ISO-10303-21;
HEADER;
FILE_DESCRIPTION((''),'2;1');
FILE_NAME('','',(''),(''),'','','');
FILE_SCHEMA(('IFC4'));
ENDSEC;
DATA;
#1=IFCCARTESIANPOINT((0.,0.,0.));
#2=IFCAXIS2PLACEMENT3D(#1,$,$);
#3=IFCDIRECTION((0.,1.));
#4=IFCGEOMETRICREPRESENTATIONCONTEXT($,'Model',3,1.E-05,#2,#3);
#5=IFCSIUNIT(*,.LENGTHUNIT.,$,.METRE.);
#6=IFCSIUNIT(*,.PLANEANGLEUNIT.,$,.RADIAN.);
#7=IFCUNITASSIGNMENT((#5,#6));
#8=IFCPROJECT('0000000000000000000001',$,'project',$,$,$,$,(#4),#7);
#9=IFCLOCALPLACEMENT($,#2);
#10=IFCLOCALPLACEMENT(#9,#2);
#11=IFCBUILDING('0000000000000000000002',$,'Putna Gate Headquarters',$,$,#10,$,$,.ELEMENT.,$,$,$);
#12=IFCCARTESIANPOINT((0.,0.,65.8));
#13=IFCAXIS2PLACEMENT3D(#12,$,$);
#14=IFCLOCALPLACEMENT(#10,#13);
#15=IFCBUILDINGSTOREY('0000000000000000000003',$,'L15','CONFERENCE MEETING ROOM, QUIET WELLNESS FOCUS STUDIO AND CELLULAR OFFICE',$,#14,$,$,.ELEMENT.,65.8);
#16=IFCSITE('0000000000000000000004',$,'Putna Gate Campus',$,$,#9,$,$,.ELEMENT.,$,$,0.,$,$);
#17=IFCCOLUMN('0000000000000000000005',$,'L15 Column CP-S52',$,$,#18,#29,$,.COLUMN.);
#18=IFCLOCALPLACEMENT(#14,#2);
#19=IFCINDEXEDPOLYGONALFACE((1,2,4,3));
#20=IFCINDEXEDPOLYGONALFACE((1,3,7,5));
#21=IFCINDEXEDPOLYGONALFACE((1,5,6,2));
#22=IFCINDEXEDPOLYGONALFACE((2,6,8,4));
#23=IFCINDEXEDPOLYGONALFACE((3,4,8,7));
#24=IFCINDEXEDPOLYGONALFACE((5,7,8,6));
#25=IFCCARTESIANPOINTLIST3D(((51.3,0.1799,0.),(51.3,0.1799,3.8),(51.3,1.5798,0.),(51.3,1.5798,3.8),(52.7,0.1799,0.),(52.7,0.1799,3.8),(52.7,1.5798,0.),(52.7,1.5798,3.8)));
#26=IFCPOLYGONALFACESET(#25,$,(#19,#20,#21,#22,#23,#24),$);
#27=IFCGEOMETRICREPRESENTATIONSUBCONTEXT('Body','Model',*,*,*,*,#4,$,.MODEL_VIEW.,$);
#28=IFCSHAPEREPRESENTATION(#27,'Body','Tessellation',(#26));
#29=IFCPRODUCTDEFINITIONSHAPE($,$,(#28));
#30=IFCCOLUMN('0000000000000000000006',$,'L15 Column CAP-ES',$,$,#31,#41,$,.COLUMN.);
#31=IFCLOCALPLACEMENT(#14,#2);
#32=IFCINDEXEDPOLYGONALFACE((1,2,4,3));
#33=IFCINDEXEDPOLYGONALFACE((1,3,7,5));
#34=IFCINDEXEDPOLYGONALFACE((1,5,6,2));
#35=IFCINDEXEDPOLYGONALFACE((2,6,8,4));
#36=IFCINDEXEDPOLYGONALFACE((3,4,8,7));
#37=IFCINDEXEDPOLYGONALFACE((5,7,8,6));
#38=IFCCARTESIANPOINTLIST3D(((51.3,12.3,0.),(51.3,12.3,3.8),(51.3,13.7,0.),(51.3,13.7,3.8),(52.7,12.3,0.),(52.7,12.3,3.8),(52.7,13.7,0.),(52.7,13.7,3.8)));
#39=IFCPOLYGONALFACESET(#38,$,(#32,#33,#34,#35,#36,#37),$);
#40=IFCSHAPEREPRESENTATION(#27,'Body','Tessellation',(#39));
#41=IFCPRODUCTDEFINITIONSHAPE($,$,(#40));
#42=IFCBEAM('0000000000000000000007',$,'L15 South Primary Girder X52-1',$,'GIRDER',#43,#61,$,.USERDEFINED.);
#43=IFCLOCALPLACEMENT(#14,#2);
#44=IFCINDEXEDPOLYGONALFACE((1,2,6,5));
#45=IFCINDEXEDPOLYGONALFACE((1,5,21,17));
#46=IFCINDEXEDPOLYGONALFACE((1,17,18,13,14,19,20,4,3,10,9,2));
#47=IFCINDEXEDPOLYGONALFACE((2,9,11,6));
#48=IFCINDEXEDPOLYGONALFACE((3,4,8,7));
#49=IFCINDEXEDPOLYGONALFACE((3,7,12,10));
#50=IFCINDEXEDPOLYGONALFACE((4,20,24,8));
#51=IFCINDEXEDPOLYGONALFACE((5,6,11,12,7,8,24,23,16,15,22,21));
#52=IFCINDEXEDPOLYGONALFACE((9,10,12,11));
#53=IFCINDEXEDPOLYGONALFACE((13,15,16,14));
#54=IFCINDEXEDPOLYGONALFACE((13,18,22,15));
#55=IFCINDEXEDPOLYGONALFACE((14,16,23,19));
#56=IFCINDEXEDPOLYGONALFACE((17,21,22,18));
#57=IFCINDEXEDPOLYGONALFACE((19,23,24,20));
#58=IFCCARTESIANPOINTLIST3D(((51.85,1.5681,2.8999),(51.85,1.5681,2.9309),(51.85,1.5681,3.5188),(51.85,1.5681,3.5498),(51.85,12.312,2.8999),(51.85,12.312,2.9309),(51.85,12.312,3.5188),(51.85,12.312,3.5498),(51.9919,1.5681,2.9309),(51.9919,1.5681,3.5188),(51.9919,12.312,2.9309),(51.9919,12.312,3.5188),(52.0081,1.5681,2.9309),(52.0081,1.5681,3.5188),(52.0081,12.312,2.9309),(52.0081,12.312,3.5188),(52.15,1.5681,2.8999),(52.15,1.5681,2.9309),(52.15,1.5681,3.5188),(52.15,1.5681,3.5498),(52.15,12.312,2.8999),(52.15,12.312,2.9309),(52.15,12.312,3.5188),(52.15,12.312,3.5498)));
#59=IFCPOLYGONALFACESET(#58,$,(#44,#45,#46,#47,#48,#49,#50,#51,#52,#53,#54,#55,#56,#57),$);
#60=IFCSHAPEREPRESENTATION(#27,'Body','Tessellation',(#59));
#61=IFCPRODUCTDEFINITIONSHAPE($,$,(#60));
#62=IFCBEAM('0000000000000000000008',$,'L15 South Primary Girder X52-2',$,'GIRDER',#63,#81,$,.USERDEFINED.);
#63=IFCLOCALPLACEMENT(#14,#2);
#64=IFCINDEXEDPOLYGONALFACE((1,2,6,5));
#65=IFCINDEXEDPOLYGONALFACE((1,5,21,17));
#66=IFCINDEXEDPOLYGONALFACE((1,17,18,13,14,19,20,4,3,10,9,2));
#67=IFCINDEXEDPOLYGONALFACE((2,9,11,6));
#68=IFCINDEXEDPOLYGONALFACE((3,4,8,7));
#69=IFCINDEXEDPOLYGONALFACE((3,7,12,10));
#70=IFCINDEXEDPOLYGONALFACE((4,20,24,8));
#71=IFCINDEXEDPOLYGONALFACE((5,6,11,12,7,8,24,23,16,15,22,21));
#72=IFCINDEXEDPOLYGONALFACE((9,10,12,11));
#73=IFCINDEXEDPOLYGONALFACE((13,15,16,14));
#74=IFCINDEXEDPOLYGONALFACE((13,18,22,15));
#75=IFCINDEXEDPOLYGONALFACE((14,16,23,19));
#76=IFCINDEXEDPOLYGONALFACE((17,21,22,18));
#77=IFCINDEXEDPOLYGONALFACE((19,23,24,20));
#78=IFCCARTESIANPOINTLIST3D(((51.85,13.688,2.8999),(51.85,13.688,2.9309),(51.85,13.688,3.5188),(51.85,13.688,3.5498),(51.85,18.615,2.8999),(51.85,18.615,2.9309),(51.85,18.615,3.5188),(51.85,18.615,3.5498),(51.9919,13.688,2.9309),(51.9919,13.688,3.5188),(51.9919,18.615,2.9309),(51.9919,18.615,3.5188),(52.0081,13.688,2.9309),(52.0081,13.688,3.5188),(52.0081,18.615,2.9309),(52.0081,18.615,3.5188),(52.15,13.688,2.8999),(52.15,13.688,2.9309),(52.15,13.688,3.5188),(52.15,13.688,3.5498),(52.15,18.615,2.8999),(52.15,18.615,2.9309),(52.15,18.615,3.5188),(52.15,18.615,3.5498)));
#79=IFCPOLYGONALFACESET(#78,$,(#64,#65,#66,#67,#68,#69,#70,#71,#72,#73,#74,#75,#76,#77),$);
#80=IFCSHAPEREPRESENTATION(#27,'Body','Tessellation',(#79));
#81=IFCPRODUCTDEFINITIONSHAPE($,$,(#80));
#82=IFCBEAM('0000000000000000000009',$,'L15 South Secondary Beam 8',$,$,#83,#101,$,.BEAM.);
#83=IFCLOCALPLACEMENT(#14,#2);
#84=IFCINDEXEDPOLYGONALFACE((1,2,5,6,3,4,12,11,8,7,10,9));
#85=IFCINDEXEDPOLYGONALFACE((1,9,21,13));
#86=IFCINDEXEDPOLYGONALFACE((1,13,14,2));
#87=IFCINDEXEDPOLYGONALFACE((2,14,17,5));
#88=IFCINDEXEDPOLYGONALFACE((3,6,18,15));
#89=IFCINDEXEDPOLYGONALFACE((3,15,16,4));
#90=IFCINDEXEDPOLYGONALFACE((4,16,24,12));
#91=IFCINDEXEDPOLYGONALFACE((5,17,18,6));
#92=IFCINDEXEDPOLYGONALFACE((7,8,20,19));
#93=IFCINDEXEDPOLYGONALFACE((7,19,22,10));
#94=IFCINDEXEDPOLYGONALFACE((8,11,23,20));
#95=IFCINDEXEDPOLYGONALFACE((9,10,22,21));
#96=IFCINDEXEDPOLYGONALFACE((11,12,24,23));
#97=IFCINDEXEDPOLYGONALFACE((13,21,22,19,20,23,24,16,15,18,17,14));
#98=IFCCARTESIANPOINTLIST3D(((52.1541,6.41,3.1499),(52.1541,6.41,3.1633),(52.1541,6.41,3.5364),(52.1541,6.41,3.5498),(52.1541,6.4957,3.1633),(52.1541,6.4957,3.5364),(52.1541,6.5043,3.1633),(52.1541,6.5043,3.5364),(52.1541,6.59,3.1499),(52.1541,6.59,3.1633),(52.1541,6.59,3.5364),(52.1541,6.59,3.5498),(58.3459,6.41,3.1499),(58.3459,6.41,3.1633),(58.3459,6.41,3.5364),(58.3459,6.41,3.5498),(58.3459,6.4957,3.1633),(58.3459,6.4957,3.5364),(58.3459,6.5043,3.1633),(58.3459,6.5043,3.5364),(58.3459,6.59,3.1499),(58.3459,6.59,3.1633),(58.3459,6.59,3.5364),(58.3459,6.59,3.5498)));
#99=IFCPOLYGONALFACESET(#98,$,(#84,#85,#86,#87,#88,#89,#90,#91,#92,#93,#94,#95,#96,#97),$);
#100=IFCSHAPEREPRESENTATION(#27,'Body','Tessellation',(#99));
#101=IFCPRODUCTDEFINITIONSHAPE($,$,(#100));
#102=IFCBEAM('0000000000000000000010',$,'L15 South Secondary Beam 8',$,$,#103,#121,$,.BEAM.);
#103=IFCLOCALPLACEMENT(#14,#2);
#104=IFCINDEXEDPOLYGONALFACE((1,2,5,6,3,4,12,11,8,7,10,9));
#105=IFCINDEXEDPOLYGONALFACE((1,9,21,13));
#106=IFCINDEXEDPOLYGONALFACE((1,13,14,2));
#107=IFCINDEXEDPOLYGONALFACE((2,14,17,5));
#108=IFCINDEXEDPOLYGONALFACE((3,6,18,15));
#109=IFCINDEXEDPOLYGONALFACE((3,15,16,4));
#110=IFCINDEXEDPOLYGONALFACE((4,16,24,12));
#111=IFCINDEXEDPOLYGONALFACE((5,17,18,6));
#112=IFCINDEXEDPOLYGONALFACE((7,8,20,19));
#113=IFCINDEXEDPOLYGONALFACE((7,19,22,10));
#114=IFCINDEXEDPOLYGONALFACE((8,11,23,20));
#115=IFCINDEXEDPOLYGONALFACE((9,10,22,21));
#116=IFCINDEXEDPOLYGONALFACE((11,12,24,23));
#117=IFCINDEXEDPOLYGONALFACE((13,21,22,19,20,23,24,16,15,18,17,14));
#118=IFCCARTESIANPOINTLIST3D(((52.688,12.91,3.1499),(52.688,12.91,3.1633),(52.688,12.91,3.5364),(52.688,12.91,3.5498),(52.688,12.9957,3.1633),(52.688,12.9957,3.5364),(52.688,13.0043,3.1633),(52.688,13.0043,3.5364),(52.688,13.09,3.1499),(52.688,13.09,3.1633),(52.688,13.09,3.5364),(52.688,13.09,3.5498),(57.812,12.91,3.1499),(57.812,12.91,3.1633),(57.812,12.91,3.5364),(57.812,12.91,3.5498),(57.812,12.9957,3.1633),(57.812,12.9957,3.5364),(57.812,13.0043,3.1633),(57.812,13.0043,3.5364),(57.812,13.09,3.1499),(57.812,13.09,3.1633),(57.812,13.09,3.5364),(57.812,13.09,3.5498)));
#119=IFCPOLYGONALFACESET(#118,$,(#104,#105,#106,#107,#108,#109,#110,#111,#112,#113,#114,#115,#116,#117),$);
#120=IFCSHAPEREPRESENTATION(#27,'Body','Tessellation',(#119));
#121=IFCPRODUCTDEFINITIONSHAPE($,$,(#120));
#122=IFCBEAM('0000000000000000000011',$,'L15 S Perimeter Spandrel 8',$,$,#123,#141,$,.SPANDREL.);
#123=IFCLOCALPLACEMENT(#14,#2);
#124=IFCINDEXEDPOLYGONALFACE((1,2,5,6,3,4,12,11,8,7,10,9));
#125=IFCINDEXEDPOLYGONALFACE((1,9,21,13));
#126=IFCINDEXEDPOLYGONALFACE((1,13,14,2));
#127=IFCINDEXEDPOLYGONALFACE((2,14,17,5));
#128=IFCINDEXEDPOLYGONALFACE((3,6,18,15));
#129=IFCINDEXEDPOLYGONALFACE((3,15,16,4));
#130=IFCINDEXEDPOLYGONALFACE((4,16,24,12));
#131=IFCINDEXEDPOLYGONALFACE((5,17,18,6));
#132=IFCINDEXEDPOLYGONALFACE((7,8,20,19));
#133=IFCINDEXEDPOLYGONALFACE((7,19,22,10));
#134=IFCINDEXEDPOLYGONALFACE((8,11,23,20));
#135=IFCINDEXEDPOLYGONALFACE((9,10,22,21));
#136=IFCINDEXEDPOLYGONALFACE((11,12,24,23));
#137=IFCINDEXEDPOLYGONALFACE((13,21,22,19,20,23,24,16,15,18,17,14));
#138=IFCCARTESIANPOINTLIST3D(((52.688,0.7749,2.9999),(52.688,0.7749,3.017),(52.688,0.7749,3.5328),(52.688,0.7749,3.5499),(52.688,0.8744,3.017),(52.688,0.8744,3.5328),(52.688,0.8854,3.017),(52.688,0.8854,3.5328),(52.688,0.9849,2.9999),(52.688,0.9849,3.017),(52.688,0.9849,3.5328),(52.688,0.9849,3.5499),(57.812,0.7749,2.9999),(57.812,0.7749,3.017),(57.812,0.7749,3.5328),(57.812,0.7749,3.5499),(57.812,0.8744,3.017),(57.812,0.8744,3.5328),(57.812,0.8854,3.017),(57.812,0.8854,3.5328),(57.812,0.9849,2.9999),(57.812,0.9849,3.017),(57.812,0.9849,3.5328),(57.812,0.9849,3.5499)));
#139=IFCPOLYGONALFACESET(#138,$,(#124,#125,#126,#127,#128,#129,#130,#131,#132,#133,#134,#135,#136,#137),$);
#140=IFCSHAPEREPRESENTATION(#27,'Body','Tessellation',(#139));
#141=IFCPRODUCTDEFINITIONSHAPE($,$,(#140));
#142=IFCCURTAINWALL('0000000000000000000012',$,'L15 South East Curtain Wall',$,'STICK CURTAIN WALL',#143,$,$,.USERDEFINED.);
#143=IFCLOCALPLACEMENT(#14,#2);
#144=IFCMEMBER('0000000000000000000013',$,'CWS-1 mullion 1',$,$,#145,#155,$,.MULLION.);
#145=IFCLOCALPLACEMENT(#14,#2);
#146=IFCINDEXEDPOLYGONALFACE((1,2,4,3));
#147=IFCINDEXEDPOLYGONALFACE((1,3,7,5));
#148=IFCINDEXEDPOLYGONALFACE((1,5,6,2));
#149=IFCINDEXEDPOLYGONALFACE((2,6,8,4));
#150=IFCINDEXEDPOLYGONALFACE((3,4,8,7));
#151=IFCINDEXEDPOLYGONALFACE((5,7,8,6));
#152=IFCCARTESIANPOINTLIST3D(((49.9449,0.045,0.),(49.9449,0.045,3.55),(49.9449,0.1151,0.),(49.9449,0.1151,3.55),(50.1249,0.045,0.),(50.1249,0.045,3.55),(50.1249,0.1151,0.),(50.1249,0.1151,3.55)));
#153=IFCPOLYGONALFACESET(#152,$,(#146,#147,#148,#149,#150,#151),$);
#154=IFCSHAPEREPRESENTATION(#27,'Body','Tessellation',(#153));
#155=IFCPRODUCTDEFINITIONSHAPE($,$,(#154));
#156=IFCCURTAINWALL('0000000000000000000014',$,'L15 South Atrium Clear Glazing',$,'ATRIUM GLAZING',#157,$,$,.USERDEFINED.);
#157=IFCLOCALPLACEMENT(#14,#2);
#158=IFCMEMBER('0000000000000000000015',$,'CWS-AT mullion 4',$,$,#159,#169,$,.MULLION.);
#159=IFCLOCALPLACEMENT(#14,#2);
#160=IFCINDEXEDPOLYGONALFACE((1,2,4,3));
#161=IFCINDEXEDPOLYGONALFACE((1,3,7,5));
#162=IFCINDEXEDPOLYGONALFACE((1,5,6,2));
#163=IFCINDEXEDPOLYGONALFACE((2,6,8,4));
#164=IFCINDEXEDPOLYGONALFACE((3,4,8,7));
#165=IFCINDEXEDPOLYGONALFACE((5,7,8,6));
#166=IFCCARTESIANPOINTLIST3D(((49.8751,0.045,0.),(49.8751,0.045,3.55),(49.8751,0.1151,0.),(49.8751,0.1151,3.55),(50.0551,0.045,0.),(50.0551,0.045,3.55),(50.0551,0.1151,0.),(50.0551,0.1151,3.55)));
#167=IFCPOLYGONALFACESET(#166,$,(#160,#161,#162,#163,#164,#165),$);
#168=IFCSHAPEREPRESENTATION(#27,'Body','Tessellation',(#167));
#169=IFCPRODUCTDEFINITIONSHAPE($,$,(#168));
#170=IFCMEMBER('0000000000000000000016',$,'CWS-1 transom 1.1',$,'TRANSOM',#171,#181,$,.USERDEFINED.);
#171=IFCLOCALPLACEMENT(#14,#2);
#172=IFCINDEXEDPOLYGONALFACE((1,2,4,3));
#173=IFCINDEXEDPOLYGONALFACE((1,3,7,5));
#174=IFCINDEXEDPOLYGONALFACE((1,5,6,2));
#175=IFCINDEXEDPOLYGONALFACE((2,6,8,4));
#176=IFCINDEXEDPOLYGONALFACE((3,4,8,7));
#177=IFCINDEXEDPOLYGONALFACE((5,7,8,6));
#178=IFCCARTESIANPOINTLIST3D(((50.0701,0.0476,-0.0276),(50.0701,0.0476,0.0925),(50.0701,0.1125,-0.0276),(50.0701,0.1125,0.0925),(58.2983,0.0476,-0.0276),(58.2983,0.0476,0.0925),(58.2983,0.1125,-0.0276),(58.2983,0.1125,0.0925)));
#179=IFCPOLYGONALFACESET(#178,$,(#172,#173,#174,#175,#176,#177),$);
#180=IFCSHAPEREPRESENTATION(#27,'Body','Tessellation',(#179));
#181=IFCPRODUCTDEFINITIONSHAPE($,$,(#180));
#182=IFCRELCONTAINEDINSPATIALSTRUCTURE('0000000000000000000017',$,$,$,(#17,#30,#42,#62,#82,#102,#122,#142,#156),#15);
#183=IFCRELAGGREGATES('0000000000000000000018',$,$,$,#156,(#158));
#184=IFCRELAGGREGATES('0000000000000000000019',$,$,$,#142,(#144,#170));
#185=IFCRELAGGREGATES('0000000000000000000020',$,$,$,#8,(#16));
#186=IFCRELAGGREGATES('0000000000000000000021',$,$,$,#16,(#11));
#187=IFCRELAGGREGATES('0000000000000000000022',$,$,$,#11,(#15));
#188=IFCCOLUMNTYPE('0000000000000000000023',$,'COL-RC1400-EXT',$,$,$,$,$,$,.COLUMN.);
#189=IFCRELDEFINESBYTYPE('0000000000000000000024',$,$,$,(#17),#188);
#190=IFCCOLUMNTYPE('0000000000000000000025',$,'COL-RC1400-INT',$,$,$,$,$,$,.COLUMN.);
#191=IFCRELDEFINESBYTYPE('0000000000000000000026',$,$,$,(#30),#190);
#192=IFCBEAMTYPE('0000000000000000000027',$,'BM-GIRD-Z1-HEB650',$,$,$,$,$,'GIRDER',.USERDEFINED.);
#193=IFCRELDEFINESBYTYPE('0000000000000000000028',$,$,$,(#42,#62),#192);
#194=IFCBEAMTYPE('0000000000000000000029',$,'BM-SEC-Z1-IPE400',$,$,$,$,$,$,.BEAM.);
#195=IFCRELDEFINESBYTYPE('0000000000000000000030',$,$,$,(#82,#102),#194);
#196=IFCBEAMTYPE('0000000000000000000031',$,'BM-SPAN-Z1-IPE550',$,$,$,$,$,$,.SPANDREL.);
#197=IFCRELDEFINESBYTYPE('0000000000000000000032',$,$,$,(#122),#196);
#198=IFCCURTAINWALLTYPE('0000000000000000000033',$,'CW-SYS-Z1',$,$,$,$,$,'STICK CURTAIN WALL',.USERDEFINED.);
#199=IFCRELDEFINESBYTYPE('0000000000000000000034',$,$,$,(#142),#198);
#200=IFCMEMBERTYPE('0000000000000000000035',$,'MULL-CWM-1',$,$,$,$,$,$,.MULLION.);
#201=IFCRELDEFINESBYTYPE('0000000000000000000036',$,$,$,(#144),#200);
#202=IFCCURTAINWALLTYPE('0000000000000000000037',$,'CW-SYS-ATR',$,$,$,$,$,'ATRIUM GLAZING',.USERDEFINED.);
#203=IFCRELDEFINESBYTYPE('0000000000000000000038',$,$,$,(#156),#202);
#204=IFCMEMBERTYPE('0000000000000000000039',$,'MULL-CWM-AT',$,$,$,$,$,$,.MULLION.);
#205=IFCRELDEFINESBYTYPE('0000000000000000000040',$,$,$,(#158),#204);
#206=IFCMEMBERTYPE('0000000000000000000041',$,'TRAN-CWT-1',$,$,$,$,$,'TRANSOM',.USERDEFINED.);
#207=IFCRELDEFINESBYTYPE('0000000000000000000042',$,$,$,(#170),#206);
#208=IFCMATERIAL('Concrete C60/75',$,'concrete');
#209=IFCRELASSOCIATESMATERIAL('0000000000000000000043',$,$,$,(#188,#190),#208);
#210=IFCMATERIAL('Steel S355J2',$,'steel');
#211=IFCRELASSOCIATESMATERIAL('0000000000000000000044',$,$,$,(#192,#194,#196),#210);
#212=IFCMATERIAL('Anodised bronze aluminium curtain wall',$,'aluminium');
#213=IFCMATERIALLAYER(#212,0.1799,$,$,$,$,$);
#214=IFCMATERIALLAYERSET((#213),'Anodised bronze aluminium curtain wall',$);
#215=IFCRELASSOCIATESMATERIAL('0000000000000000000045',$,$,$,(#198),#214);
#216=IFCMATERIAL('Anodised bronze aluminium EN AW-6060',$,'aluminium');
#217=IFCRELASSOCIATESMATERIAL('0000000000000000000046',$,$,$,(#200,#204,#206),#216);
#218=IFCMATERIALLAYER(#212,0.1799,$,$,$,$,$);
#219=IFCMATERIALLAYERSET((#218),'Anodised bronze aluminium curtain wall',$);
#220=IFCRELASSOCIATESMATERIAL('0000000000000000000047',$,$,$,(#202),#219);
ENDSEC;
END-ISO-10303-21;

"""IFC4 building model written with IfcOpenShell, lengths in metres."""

from ifc_helpers import new_model, si_unit, direction, frame, origin, origin_2d, place, context, subcontext, project, spatial, rectangle, i_section, extrude, material, layer, layer_set, material_profile, profile_set, type_object, element, aggregate, save


model = new_model("IFC4")

# Units and contexts
model_context = context("Model", 3, precision=1e-05, world=origin(), true_north=direction((0.0, 1.0)))
body_context = subcontext(model_context, "Body", "Model", "MODEL_VIEW")
ifc_project = project(units=[si_unit("LENGTHUNIT", "METRE"), si_unit("PLANEANGLEUNIT", "RADIAN")], contexts=[model_context])

# Site, building, storey
site_placement = place(None, origin())
site = spatial("IfcSite", under=ifc_project, at=site_placement, Name="Putna Gate Campus", CompositionType="ELEMENT", RefElevation=0.0)
building_placement = place(site_placement, origin())
building = spatial("IfcBuilding", under=site, at=building_placement, Name="Putna Gate Headquarters", CompositionType="ELEMENT")
storey_placement = place(building_placement, frame((0.0, 0.0, 65.8)))
storey = spatial("IfcBuildingStorey", under=building, at=storey_placement, Name="L15", Description="CONFERENCE MEETING ROOM, QUIET WELLNESS FOCUS STUDIO AND CELLULAR OFFICE", CompositionType="ELEMENT", Elevation=65.8)

# Columns
ifc_material_1 = material(Name="Concrete C60/75", Category="concrete")
ifc_material_profile_1 = material_profile(ifc_material_1, rectangle(XDim=1.3999, YDim=1.3999, at=origin_2d()), Name="Concrete C60/75")
ifc_profile_set_1 = profile_set([ifc_material_profile_1], Name="Concrete C60/75")
column_type_1 = type_object("IfcColumnType", Name="COL-RC1400-EXT", PredefinedType="COLUMN", material=ifc_profile_set_1)
column_1_placement = place(storey_placement, frame((52.0, 0.8799, 0.0), z_axis=(0.0, 0.0, 1.0), x_axis=(1.0, 0.0, 0.0)))
element("IfcColumn", 1, at=column_1_placement, inside=storey, type_object=column_type_1, Name="L15 Column CP-S52", PredefinedType="COLUMN", context=body_context, shape_type="SweptSolid", body=[
    extrude(rectangle(XDim=1.3999, YDim=1.3999, at=origin_2d()), origin(), (0.0, 0.0, 1.0), 3.8),
])
ifc_material_profile_2 = material_profile(ifc_material_1, rectangle(XDim=1.3999, YDim=1.3999, at=origin_2d()), Name="Concrete C60/75")
ifc_profile_set_2 = profile_set([ifc_material_profile_2], Name="Concrete C60/75")
column_type_2 = type_object("IfcColumnType", Name="COL-RC1400-INT", PredefinedType="COLUMN", material=ifc_profile_set_2)
column_2_placement = place(storey_placement, frame((52.0, 13.0, 0.0), z_axis=(0.0, 0.0, 1.0), x_axis=(1.0, 0.0, 0.0)))
element("IfcColumn", 2, at=column_2_placement, inside=storey, type_object=column_type_2, Name="L15 Column CAP-ES", PredefinedType="COLUMN", context=body_context, shape_type="SweptSolid", body=[
    extrude(rectangle(XDim=1.3999, YDim=1.3999, at=origin_2d()), origin(), (0.0, 0.0, 1.0), 3.8),
])

# Beams
ifc_material_2 = material(Name="Steel S355J2", Category="steel")
ifc_material_profile_3 = material_profile(ifc_material_2, i_section(OverallWidth=0.3, OverallDepth=0.6499, WebThickness=0.0161, FlangeThickness=0.031, at=origin_2d()), Name="Steel S355J2")
ifc_profile_set_3 = profile_set([ifc_material_profile_3], Name="Steel S355J2")
beam_type_1 = type_object("IfcBeamType", Name="BM-GIRD-Z1-HEB650", ElementType="GIRDER", PredefinedType="USERDEFINED", material=ifc_profile_set_3)
beam_1_placement = place(storey_placement, frame((52.0, 1.5681, 3.2249), z_axis=(0.0, 1.0, 0.0), x_axis=(-1.0, 0.0, 0.0)))
element("IfcBeam", 3, at=beam_1_placement, inside=storey, type_object=beam_type_1, Name="L15 South Primary Girder X52-1", ObjectType="GIRDER", PredefinedType="USERDEFINED", context=body_context, shape_type="SweptSolid", body=[
    extrude(i_section(OverallWidth=0.3, OverallDepth=0.6499, WebThickness=0.0161, FlangeThickness=0.031, at=origin_2d()), origin(), (0.0, 0.0, 1.0), 10.7439),
])
beam_2_placement = place(storey_placement, frame((52.0, 13.688, 3.2249), z_axis=(0.0, 1.0, 0.0), x_axis=(-1.0, 0.0, 0.0)))
element("IfcBeam", 4, at=beam_2_placement, inside=storey, type_object=beam_type_1, Name="L15 South Primary Girder X52-2", ObjectType="GIRDER", PredefinedType="USERDEFINED", context=body_context, shape_type="SweptSolid", body=[
    extrude(i_section(OverallWidth=0.3, OverallDepth=0.6499, WebThickness=0.0161, FlangeThickness=0.031, at=origin_2d()), origin(), (0.0, 0.0, 1.0), 4.927),
])
ifc_material_profile_4 = material_profile(ifc_material_2, i_section(OverallWidth=0.1799, OverallDepth=0.3999, WebThickness=0.0085, FlangeThickness=0.0134, at=origin_2d()), Name="Steel S355J2")
ifc_profile_set_4 = profile_set([ifc_material_profile_4], Name="Steel S355J2")
beam_type_2 = type_object("IfcBeamType", Name="BM-SEC-Z1-IPE400", PredefinedType="BEAM", material=ifc_profile_set_4)
beam_3_placement = place(storey_placement, frame((52.1541, 6.5, 3.3499), z_axis=(1.0, 0.0, 0.0), x_axis=(0.0, 1.0, 0.0)))
element("IfcBeam", 5, at=beam_3_placement, inside=storey, type_object=beam_type_2, Name="L15 South Secondary Beam 8", PredefinedType="BEAM", context=body_context, shape_type="SweptSolid", body=[
    extrude(i_section(OverallWidth=0.1799, OverallDepth=0.3999, WebThickness=0.0085, FlangeThickness=0.0134, at=origin_2d()), origin(), (0.0, 0.0, 1.0), 6.1919),
])
beam_4_placement = place(storey_placement, frame((52.688, 13.0, 3.3499), z_axis=(1.0, 0.0, 0.0), x_axis=(0.0, 1.0, 0.0)))
element("IfcBeam", 6, at=beam_4_placement, inside=storey, type_object=beam_type_2, Name="L15 South Secondary Beam 8", PredefinedType="BEAM", context=body_context, shape_type="SweptSolid", body=[
    extrude(i_section(OverallWidth=0.1799, OverallDepth=0.3999, WebThickness=0.0085, FlangeThickness=0.0134, at=origin_2d()), origin(), (0.0, 0.0, 1.0), 5.124),
])
ifc_material_profile_5 = material_profile(ifc_material_2, i_section(OverallWidth=0.21, OverallDepth=0.55, WebThickness=0.011, FlangeThickness=0.0171, at=origin_2d()), Name="Steel S355J2")
ifc_profile_set_5 = profile_set([ifc_material_profile_5], Name="Steel S355J2")
beam_type_3 = type_object("IfcBeamType", Name="BM-SPAN-Z1-IPE550", PredefinedType="SPANDREL", material=ifc_profile_set_5)
beam_5_placement = place(storey_placement, frame((52.688, 0.8799, 3.2749), z_axis=(1.0, 0.0, 0.0), x_axis=(0.0, 1.0, 0.0)))
element("IfcBeam", 7, at=beam_5_placement, inside=storey, type_object=beam_type_3, Name="L15 S Perimeter Spandrel 8", PredefinedType="SPANDREL", context=body_context, shape_type="SweptSolid", body=[
    extrude(i_section(OverallWidth=0.21, OverallDepth=0.55, WebThickness=0.011, FlangeThickness=0.0171, at=origin_2d()), origin(), (0.0, 0.0, 1.0), 5.124),
])

# Curtain walls, members
ifc_material_3 = material(Name="Anodised bronze aluminium curtain wall", Category="aluminium")
ifc_layer_1 = layer(ifc_material_3, 0.1799)
ifc_layer_set_1 = layer_set([ifc_layer_1], Name="Anodised bronze aluminium curtain wall")
curtain_wall_type_1 = type_object("IfcCurtainWallType", Name="CW-SYS-Z1", ElementType="STICK CURTAIN WALL", PredefinedType="USERDEFINED", material=ifc_layer_set_1)
curtain_wall_1_placement = place(storey_placement, origin())
curtain_wall_1 = element("IfcCurtainWall", 8, at=curtain_wall_1_placement, inside=storey, type_object=curtain_wall_type_1, Name="L15 South East Curtain Wall", ObjectType="STICK CURTAIN WALL", PredefinedType="USERDEFINED")
ifc_material_4 = material(Name="Anodised bronze aluminium EN AW-6060", Category="aluminium")
ifc_material_profile_6 = material_profile(ifc_material_4, rectangle(XDim=0.0701, YDim=0.1799, at=origin_2d()), Name="Anodised bronze aluminium EN AW-6060")
ifc_profile_set_6 = profile_set([ifc_material_profile_6], Name="Anodised bronze aluminium EN AW-6060")
member_type_1 = type_object("IfcMemberType", Name="MULL-CWM-1", PredefinedType="MULLION", material=ifc_profile_set_6)
member_1_placement = place(storey_placement, frame((50.0349, 0.0801, 0.0), z_axis=(0.0, 0.0, 1.0), x_axis=(0.0, 1.0, 0.0)))
member_1 = element("IfcMember", 9, at=member_1_placement, type_object=member_type_1, Name="CWS-1 mullion 1", PredefinedType="MULLION", context=body_context, shape_type="SweptSolid", body=[
    extrude(rectangle(XDim=0.0701, YDim=0.1799, at=origin_2d()), origin(), (0.0, 0.0, 1.0), 3.55),
])
ifc_layer_2 = layer(ifc_material_3, 0.1799)
ifc_layer_set_2 = layer_set([ifc_layer_2], Name="Anodised bronze aluminium curtain wall")
curtain_wall_type_2 = type_object("IfcCurtainWallType", Name="CW-SYS-ATR", ElementType="ATRIUM GLAZING", PredefinedType="USERDEFINED", material=ifc_layer_set_2)
curtain_wall_2_placement = place(storey_placement, origin())
curtain_wall_2 = element("IfcCurtainWall", 10, at=curtain_wall_2_placement, inside=storey, type_object=curtain_wall_type_2, Name="L15 South Atrium Clear Glazing", ObjectType="ATRIUM GLAZING", PredefinedType="USERDEFINED")
ifc_material_profile_7 = material_profile(ifc_material_4, rectangle(XDim=0.0701, YDim=0.1799, at=origin_2d()), Name="Anodised bronze aluminium EN AW-6060")
ifc_profile_set_7 = profile_set([ifc_material_profile_7], Name="Anodised bronze aluminium EN AW-6060")
member_type_2 = type_object("IfcMemberType", Name="MULL-CWM-AT", PredefinedType="MULLION", material=ifc_profile_set_7)
member_2_placement = place(storey_placement, frame((49.9651, 0.0801, 0.0), z_axis=(0.0, 0.0, 1.0), x_axis=(0.0, 1.0, 0.0)))
member_2 = element("IfcMember", 11, at=member_2_placement, type_object=member_type_2, Name="CWS-AT mullion 4", PredefinedType="MULLION", context=body_context, shape_type="SweptSolid", body=[
    extrude(rectangle(XDim=0.0701, YDim=0.1799, at=origin_2d()), origin(), (0.0, 0.0, 1.0), 3.55),
])
aggregate(curtain_wall_2, [member_2])

# Member
ifc_material_profile_8 = material_profile(ifc_material_4, rectangle(XDim=0.0649, YDim=0.1201, at=origin_2d()), Name="Anodised bronze aluminium EN AW-6060")
ifc_profile_set_8 = profile_set([ifc_material_profile_8], Name="Anodised bronze aluminium EN AW-6060")
member_type_3 = type_object("IfcMemberType", Name="TRAN-CWT-1", ElementType="TRANSOM", PredefinedType="USERDEFINED", material=ifc_profile_set_8)
member_3_placement = place(storey_placement, frame((50.0701, 0.0801, 0.0325), z_axis=(1.0, 0.0, 0.0), x_axis=(0.0, 1.0, 0.0)))
member_3 = element("IfcMember", 12, at=member_3_placement, type_object=member_type_3, Name="CWS-1 transom 1.1", ObjectType="TRANSOM", PredefinedType="USERDEFINED", context=body_context, shape_type="SweptSolid", body=[
    extrude(rectangle(XDim=0.0649, YDim=0.1201, at=origin_2d()), origin(), (0.0, 0.0, 1.0), 8.2283),
])

aggregate(curtain_wall_1, [member_1, member_3])

save(model, "model.ifc")
